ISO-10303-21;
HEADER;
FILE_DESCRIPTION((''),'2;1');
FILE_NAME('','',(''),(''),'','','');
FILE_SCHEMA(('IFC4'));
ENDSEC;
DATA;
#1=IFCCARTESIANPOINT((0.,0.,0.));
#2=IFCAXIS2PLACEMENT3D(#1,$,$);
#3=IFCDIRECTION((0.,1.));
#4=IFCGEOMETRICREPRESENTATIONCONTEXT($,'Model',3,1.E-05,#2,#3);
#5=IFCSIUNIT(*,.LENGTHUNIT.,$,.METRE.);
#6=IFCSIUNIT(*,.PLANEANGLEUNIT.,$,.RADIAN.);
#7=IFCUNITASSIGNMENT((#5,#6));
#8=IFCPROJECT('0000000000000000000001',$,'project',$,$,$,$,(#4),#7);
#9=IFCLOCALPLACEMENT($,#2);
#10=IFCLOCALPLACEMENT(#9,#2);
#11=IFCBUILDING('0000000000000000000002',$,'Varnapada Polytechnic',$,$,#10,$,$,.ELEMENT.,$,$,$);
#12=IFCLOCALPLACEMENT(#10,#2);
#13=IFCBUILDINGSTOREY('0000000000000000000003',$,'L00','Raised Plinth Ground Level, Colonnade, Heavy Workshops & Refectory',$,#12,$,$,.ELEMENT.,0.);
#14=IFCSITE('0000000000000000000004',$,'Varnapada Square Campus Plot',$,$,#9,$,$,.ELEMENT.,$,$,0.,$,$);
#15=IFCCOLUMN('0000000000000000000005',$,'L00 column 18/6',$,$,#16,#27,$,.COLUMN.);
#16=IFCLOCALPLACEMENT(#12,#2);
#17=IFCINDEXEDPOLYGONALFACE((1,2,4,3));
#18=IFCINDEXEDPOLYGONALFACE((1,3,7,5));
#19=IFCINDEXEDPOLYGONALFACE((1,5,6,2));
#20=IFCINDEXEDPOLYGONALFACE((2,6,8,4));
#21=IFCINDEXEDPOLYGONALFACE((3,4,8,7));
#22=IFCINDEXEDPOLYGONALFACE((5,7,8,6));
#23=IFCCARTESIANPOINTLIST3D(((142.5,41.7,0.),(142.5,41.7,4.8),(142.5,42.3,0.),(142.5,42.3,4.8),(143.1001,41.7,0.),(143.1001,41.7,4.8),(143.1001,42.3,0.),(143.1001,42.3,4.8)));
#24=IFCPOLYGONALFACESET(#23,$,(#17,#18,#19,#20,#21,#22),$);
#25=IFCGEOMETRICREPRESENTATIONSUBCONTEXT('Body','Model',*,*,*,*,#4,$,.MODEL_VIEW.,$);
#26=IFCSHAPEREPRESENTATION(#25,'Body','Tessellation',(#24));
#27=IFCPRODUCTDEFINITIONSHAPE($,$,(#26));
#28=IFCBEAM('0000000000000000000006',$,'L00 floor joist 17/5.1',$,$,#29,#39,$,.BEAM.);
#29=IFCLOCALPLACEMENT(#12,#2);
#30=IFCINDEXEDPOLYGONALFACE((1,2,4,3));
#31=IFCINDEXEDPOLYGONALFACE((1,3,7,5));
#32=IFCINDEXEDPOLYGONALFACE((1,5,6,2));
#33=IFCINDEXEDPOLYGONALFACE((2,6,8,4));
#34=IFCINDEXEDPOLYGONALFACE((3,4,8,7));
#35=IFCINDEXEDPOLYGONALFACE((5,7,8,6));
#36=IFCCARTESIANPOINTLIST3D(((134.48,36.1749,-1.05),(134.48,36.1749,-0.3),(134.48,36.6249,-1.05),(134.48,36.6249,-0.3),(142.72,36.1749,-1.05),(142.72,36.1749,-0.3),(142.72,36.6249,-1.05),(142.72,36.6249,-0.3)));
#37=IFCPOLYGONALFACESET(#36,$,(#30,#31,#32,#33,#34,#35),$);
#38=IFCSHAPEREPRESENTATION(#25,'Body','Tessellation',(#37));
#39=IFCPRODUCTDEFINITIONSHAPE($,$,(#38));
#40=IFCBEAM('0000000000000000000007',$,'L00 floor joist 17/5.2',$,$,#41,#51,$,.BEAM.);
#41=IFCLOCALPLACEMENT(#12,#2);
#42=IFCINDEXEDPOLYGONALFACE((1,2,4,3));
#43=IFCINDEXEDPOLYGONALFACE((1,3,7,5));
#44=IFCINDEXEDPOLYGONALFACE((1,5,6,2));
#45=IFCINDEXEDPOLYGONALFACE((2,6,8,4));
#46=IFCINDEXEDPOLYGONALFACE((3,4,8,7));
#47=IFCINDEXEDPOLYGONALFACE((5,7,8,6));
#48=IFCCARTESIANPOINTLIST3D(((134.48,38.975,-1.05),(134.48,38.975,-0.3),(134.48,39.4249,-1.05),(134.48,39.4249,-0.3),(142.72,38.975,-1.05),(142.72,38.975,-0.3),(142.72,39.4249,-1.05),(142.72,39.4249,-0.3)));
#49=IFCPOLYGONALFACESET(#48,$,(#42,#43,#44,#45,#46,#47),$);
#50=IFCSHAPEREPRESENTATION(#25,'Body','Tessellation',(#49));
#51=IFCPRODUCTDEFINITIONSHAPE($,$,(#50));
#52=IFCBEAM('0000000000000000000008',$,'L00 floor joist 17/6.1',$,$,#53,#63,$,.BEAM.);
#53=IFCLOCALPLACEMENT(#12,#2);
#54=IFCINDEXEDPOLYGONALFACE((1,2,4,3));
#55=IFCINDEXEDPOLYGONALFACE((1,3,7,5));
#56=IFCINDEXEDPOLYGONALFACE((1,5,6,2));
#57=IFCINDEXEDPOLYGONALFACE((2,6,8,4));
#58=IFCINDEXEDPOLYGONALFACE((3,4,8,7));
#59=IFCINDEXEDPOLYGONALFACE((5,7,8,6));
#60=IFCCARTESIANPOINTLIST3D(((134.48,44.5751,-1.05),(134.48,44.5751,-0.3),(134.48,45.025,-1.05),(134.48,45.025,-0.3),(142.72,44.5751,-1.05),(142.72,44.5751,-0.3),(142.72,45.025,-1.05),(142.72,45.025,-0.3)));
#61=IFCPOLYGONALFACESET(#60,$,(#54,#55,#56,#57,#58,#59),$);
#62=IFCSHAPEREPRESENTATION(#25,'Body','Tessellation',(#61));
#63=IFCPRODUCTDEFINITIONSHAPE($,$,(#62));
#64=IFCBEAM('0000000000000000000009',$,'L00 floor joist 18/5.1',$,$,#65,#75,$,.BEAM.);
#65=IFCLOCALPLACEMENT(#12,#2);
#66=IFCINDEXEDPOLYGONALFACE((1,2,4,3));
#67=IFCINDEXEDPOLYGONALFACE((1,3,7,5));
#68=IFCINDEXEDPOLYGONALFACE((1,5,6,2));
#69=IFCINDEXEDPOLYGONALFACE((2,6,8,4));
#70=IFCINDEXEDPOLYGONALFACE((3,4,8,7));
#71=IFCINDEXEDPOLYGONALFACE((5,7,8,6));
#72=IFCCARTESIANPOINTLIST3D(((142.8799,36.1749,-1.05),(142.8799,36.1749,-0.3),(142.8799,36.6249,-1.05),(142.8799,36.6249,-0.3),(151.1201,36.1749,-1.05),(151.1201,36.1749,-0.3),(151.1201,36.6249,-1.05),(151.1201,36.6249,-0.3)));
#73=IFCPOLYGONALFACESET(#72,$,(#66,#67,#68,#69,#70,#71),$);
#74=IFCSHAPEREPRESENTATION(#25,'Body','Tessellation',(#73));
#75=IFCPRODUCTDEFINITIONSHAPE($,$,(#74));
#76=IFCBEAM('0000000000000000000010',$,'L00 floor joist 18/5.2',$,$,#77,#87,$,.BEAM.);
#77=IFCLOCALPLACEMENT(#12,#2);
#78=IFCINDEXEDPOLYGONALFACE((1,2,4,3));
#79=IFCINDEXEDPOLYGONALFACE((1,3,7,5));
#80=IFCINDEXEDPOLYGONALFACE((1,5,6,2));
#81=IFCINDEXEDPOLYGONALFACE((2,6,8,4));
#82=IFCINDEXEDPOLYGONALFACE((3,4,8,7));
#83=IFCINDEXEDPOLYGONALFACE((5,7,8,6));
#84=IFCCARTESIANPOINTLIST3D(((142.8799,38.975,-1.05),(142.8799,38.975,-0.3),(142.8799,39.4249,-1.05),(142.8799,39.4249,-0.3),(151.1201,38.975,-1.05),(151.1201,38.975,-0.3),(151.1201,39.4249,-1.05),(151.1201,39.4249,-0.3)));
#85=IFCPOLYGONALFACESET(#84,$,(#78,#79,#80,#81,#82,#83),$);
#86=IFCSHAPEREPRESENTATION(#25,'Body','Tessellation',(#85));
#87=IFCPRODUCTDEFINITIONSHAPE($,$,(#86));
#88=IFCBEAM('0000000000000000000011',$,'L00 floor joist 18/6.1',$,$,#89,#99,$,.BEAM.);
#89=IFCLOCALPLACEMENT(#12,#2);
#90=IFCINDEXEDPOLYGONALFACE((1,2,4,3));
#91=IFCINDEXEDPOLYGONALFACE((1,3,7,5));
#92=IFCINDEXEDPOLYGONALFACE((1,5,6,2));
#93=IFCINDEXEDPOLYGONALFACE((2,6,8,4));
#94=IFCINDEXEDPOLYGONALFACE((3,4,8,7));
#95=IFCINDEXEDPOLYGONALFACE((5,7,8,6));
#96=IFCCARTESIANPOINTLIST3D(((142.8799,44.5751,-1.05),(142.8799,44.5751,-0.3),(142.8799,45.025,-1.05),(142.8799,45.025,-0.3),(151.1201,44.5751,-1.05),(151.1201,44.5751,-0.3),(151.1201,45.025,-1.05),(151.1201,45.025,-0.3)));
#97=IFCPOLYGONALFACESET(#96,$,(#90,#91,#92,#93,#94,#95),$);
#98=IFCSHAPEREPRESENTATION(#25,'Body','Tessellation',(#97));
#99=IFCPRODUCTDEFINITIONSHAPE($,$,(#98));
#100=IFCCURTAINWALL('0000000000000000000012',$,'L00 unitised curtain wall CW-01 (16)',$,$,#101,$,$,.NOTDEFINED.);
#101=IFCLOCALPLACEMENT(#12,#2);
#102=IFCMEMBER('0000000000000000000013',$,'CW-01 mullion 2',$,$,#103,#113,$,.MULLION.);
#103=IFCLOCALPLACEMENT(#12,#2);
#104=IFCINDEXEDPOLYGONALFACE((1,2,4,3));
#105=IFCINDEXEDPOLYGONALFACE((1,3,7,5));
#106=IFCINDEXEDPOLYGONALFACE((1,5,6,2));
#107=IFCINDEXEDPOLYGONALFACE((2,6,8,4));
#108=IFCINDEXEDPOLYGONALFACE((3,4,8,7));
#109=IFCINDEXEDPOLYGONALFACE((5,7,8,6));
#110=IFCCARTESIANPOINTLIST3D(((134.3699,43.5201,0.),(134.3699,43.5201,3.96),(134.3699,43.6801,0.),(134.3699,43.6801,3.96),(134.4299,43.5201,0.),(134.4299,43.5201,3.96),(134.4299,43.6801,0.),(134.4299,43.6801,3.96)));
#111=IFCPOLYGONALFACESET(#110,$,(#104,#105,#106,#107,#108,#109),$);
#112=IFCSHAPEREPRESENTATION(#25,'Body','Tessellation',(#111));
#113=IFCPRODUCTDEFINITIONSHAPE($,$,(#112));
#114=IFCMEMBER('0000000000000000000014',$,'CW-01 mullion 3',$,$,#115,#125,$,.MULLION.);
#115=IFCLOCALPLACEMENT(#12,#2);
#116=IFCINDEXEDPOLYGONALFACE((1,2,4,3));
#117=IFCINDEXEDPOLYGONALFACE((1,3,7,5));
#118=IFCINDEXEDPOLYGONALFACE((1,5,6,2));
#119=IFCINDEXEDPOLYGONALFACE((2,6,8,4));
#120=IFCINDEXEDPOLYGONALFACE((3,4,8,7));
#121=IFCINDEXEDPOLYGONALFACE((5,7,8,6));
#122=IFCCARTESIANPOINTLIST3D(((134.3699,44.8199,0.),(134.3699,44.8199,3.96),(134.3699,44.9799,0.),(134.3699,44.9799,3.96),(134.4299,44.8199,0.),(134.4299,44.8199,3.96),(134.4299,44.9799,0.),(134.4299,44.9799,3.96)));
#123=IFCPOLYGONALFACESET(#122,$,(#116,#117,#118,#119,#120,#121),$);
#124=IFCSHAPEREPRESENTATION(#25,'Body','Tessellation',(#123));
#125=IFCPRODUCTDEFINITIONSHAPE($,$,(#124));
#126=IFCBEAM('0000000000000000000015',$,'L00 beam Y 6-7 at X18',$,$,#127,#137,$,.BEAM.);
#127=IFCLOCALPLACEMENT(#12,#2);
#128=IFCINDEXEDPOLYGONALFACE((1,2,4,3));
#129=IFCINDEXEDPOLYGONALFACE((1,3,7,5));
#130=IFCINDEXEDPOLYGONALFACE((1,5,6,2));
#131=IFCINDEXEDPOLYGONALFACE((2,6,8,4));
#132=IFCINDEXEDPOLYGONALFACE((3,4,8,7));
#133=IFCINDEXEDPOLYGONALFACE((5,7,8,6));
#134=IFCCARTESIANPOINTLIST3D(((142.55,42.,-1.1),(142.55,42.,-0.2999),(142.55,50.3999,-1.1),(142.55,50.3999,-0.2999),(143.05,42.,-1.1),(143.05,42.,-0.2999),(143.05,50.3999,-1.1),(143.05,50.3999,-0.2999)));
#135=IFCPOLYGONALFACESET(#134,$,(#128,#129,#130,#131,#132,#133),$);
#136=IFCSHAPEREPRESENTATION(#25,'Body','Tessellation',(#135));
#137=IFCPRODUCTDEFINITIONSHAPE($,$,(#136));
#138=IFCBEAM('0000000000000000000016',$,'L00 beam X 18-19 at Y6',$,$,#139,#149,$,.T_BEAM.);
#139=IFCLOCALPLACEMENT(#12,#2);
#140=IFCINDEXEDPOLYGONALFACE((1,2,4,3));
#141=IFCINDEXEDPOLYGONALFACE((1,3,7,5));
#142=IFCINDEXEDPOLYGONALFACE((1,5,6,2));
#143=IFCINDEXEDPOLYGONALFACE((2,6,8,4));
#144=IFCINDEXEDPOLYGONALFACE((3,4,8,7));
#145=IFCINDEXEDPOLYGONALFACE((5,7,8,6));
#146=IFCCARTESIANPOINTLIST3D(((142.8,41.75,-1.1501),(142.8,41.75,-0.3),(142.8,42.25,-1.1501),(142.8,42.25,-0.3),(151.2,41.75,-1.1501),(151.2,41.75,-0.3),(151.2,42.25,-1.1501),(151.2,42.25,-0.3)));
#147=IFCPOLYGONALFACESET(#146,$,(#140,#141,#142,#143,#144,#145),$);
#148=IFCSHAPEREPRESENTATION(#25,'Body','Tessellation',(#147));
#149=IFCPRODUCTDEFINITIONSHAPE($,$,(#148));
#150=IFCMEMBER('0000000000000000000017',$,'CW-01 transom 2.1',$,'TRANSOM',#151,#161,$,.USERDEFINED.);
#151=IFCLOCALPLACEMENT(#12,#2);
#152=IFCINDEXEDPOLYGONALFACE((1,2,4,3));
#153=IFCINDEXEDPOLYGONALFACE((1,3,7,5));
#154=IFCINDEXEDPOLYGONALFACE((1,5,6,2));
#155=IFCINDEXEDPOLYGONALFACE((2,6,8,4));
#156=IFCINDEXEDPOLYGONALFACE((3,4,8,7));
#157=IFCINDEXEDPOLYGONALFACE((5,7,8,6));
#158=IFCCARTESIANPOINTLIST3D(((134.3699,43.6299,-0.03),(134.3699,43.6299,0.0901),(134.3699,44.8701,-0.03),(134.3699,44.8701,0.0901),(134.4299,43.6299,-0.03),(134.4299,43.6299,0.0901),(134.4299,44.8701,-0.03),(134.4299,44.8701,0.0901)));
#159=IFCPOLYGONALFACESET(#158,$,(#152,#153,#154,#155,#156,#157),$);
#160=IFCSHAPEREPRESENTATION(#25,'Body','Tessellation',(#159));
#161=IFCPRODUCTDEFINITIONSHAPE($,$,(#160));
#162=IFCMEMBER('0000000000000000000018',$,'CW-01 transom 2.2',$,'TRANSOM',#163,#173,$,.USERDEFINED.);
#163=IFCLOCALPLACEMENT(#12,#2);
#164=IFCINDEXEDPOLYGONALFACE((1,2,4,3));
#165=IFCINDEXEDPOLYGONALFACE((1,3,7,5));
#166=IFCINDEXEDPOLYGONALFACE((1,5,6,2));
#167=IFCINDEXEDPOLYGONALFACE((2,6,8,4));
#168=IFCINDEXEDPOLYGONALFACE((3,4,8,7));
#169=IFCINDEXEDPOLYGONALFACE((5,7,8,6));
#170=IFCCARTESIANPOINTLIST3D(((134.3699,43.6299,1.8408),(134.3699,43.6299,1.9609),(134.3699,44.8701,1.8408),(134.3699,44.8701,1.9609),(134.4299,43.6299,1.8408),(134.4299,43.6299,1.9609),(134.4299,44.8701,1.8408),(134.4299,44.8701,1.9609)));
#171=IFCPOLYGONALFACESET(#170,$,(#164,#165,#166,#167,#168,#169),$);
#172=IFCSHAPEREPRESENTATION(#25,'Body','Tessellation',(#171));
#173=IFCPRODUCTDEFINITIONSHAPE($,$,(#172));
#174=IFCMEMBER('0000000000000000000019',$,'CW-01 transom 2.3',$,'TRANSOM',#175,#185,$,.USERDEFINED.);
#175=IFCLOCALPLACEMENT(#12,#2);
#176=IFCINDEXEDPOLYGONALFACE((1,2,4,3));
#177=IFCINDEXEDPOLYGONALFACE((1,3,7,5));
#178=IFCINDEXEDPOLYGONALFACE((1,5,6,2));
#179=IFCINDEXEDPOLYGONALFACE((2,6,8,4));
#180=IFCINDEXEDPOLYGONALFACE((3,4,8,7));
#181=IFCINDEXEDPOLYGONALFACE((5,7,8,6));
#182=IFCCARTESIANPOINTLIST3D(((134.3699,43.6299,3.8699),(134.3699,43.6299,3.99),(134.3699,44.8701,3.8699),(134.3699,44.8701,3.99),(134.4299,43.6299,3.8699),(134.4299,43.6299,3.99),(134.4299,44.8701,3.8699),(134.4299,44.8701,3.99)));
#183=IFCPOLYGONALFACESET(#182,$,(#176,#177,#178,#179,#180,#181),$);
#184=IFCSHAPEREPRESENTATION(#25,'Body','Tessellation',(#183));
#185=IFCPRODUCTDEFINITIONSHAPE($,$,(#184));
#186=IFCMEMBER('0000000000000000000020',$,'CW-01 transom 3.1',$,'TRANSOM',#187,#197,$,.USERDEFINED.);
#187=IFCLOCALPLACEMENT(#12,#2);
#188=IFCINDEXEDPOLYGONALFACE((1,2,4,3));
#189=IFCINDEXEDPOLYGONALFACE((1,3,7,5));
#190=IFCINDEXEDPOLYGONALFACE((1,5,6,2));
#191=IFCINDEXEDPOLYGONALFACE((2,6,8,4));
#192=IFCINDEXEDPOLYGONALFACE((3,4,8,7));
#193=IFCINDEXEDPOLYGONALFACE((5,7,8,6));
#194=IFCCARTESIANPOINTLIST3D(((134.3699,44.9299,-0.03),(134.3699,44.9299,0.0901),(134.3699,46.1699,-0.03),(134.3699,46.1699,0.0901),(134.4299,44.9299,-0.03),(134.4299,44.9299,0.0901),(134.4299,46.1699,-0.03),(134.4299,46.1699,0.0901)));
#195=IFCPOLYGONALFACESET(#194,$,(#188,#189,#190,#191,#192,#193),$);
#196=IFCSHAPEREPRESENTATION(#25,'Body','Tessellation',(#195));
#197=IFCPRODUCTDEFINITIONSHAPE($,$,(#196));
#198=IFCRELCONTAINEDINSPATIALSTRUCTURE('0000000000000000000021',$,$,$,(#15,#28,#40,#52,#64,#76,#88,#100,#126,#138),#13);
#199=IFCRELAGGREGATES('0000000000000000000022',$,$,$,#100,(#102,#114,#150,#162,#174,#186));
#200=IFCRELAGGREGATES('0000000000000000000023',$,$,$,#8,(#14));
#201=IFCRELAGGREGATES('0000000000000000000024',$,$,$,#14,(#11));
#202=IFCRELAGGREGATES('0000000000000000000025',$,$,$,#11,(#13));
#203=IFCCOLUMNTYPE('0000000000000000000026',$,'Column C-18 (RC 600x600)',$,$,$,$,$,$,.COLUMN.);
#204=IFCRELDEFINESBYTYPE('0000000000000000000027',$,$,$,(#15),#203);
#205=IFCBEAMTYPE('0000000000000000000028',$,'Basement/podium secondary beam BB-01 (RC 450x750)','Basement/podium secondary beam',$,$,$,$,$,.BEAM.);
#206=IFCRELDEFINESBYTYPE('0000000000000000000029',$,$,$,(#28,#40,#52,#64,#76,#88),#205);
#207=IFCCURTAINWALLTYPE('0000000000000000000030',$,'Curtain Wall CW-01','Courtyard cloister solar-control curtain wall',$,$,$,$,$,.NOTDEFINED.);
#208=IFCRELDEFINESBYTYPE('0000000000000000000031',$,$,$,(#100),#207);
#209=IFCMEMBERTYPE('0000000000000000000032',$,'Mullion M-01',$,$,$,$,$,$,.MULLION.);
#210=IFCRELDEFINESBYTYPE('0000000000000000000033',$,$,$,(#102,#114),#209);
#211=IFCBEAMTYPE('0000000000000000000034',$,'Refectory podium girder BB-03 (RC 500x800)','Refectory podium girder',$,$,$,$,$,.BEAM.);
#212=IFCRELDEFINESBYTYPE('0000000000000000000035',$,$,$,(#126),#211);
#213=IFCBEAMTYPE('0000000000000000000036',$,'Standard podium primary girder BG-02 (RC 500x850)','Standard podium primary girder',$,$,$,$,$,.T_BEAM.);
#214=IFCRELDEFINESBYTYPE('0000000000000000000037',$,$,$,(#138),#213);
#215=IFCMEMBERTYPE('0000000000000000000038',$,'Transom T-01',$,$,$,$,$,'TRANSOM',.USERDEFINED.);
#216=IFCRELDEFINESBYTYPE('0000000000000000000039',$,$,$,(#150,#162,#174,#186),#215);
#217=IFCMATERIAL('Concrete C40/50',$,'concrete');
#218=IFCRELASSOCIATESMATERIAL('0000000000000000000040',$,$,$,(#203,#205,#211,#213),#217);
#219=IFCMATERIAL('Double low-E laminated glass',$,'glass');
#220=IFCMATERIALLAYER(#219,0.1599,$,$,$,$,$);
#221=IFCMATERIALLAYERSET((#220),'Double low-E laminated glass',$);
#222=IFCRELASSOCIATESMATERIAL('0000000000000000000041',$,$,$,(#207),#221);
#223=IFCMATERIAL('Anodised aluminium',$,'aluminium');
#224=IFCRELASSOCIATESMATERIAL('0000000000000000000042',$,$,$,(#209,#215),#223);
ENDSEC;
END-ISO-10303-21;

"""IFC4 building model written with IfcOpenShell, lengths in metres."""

from ifc_helpers import new_model, si_unit, direction, frame, origin, origin_2d, place, context, subcontext, project, spatial, rectangle, extrude, material, layer, layer_set, material_profile, profile_set, type_object, element, aggregate, save


model = new_model("IFC4")

# Units and contexts
model_context = context("Model", 3, precision=1e-05, world=origin(), true_north=direction((0.0, 1.0)))
body_context = subcontext(model_context, "Body", "Model", "MODEL_VIEW")
ifc_project = project(units=[si_unit("LENGTHUNIT", "METRE"), si_unit("PLANEANGLEUNIT", "RADIAN")], contexts=[model_context])

# Site, building, storey
site_placement = place(None, origin())
site = spatial("IfcSite", under=ifc_project, at=site_placement, Name="Varnapada Square Campus Plot", CompositionType="ELEMENT", RefElevation=0.0)
building_placement = place(site_placement, origin())
building = spatial("IfcBuilding", under=site, at=building_placement, Name="Varnapada Polytechnic", CompositionType="ELEMENT")
storey_placement = place(building_placement, origin())
storey = spatial("IfcBuildingStorey", under=building, at=storey_placement, Name="L00", Description="Raised Plinth Ground Level, Colonnade, Heavy Workshops & Refectory", CompositionType="ELEMENT", Elevation=0.0)

# Column
ifc_material_1 = material(Name="Concrete C40/50", Category="concrete")
ifc_material_profile_1 = material_profile(ifc_material_1, rectangle(XDim=0.6001, YDim=0.6001, at=origin_2d()), Name="RC 600x600")
ifc_profile_set_1 = profile_set([ifc_material_profile_1], Name="Concrete C40/50")
column_type = type_object("IfcColumnType", Name="Column C-18 (RC 600x600)", PredefinedType="COLUMN", material=ifc_profile_set_1)
column_placement = place(storey_placement, frame((142.8, 42.0, 0.0), z_axis=(0.0, 0.0, 1.0), x_axis=(1.0, 0.0, 0.0)))
element("IfcColumn", 1, at=column_placement, inside=storey, type_object=column_type, Name="L00 column 18/6", PredefinedType="COLUMN", context=body_context, shape_type="SweptSolid", body=[
    extrude(rectangle(XDim=0.6001, YDim=0.6001, at=origin_2d()), origin(), (0.0, 0.0, 1.0), 4.8),
])

# Beams
ifc_material_profile_2 = material_profile(ifc_material_1, rectangle(XDim=0.45, YDim=0.75, at=origin_2d()), Name="RC 450x750")
ifc_profile_set_2 = profile_set([ifc_material_profile_2], Name="Concrete C40/50")
beam_type_1 = type_object("IfcBeamType", Name="Basement/podium secondary beam BB-01 (RC 450x750)", Description="Basement/podium secondary beam", PredefinedType="BEAM", material=ifc_profile_set_2)
for number, where, z_axis, x_axis, name in (
    (2, (134.48, 36.3999, -0.675), (1.0, 0.0, 0.0), (0.0, 1.0, 0.0), "L00 floor joist 17/5.1"),
    (3, (134.48, 39.2, -0.675), (1.0, 0.0, 0.0), (0.0, 1.0, 0.0), "L00 floor joist 17/5.2"),
    (4, (134.48, 44.8, -0.675), (1.0, 0.0, 0.0), (0.0, 1.0, 0.0), "L00 floor joist 17/6.1"),
):
    element("IfcBeam", number, at=place(storey_placement, frame(where, z_axis=z_axis, x_axis=x_axis)), inside=storey, type_object=beam_type_1, Name=name, PredefinedType="BEAM", context=body_context, shape_type="SweptSolid", body=[
        extrude(rectangle(XDim=0.45, YDim=0.75, at=origin_2d()), origin(), (0.0, 0.0, 1.0), 8.24),
    ])
for number, where, z_axis, x_axis, name in (
    (5, (142.8799, 36.3999, -0.675), (1.0, 0.0, 0.0), (0.0, 1.0, 0.0), "L00 floor joist 18/5.1"),
    (6, (142.8799, 39.2, -0.675), (1.0, 0.0, 0.0), (0.0, 1.0, 0.0), "L00 floor joist 18/5.2"),
    (7, (142.8799, 44.8, -0.675), (1.0, 0.0, 0.0), (0.0, 1.0, 0.0), "L00 floor joist 18/6.1"),
):
    element("IfcBeam", number, at=place(storey_placement, frame(where, z_axis=z_axis, x_axis=x_axis)), inside=storey, type_object=beam_type_1, Name=name, PredefinedType="BEAM", context=body_context, shape_type="SweptSolid", body=[
        extrude(rectangle(XDim=0.45, YDim=0.75, at=origin_2d()), origin(), (0.0, 0.0, 1.0), 8.2402),
    ])

# Curtain wall, members
ifc_material_2 = material(Name="Double low-E laminated glass", Category="glass")
ifc_layer_1 = layer(ifc_material_2, 0.1599)
ifc_layer_set_1 = layer_set([ifc_layer_1], Name="Double low-E laminated glass")
curtain_wall_type = type_object("IfcCurtainWallType", Name="Curtain Wall CW-01", Description="Courtyard cloister solar-control curtain wall", PredefinedType="NOTDEFINED", material=ifc_layer_set_1)
curtain_wall_placement = place(storey_placement, origin())
curtain_wall = element("IfcCurtainWall", 8, at=curtain_wall_placement, inside=storey, type_object=curtain_wall_type, Name="L00 unitised curtain wall CW-01 (16)", PredefinedType="NOTDEFINED")
ifc_material_3 = material(Name="Anodised aluminium", Category="aluminium")
ifc_material_profile_3 = material_profile(ifc_material_3, rectangle(XDim=0.0601, YDim=0.1599, at=origin_2d()), Name="ALU M60x160")
ifc_profile_set_3 = profile_set([ifc_material_profile_3], Name="Anodised aluminium")
member_type_1 = type_object("IfcMemberType", Name="Mullion M-01", PredefinedType="MULLION", material=ifc_profile_set_3)
member_1_placement = place(storey_placement, frame((134.3999, 43.6001, 0.0), z_axis=(0.0, 0.0, 1.0), x_axis=(-1.0, 0.0, 0.0)))
member_1 = element("IfcMember", 9, at=member_1_placement, type_object=member_type_1, Name="CW-01 mullion 2", PredefinedType="MULLION", context=body_context, shape_type="SweptSolid", body=[
    extrude(rectangle(XDim=0.0601, YDim=0.1599, at=origin_2d()), origin(), (0.0, 0.0, 1.0), 3.96),
])
member_2_placement = place(storey_placement, frame((134.3999, 44.8999, 0.0), z_axis=(0.0, 0.0, 1.0), x_axis=(-1.0, 0.0, 0.0)))
member_2 = element("IfcMember", 10, at=member_2_placement, type_object=member_type_1, Name="CW-01 mullion 3", PredefinedType="MULLION", context=body_context, shape_type="SweptSolid", body=[
    extrude(rectangle(XDim=0.0601, YDim=0.1599, at=origin_2d()), origin(), (0.0, 0.0, 1.0), 3.96),
])

# Beams
ifc_material_profile_4 = material_profile(ifc_material_1, rectangle(XDim=0.5, YDim=0.8, at=origin_2d()), Name="RC 500x800")
ifc_profile_set_4 = profile_set([ifc_material_profile_4], Name="Concrete C40/50")
beam_type_2 = type_object("IfcBeamType", Name="Refectory podium girder BB-03 (RC 500x800)", Description="Refectory podium girder", PredefinedType="BEAM", material=ifc_profile_set_4)
beam_1_placement = place(storey_placement, frame((142.8, 42.0, -0.7), z_axis=(0.0, 1.0, 0.0), x_axis=(-1.0, 0.0, 0.0)))
element("IfcBeam", 11, at=beam_1_placement, inside=storey, type_object=beam_type_2, Name="L00 beam Y 6-7 at X18", PredefinedType="BEAM", context=body_context, shape_type="SweptSolid", body=[
    extrude(rectangle(XDim=0.5, YDim=0.8, at=origin_2d()), origin(), (0.0, 0.0, 1.0), 8.3999),
])
ifc_material_profile_5 = material_profile(ifc_material_1, rectangle(XDim=0.5, YDim=0.8501, at=origin_2d()), Name="RC 500x850")
ifc_profile_set_5 = profile_set([ifc_material_profile_5], Name="Concrete C40/50")
beam_type_3 = type_object("IfcBeamType", Name="Standard podium primary girder BG-02 (RC 500x850)", Description="Standard podium primary girder", PredefinedType="T_BEAM", material=ifc_profile_set_5)
beam_2_placement = place(storey_placement, frame((142.8, 42.0, -0.7251), z_axis=(1.0, 0.0, 0.0), x_axis=(0.0, 1.0, 0.0)))
element("IfcBeam", 12, at=beam_2_placement, inside=storey, type_object=beam_type_3, Name="L00 beam X 18-19 at Y6", PredefinedType="T_BEAM", context=body_context, shape_type="SweptSolid", body=[
    extrude(rectangle(XDim=0.5, YDim=0.8501, at=origin_2d()), origin(), (0.0, 0.0, 1.0), 8.3999),
])

# Members
ifc_material_profile_6 = material_profile(ifc_material_3, rectangle(XDim=0.0601, YDim=0.1201, at=origin_2d()), Name="ALU T60x120")
ifc_profile_set_6 = profile_set([ifc_material_profile_6], Name="Anodised aluminium")
member_type_2 = type_object("IfcMemberType", Name="Transom T-01", ElementType="TRANSOM", PredefinedType="USERDEFINED", material=ifc_profile_set_6)
member_3_placement = place(storey_placement, frame((134.3999, 43.6299, 0.03), z_axis=(0.0, 1.0, 0.0), x_axis=(-1.0, 0.0, 0.0)))
member_3 = element("IfcMember", 13, at=member_3_placement, type_object=member_type_2, Name="CW-01 transom 2.1", ObjectType="TRANSOM", PredefinedType="USERDEFINED", context=body_context, shape_type="SweptSolid", body=[
    extrude(rectangle(XDim=0.0601, YDim=0.1201, at=origin_2d()), origin(), (0.0, 0.0, 1.0), 1.2402),
])
member_4_placement = place(storey_placement, frame((134.3999, 43.6299, 1.9009), z_axis=(0.0, 1.0, 0.0), x_axis=(-1.0, 0.0, 0.0)))
member_4 = element("IfcMember", 14, at=member_4_placement, type_object=member_type_2, Name="CW-01 transom 2.2", ObjectType="TRANSOM", PredefinedType="USERDEFINED", context=body_context, shape_type="SweptSolid", body=[
    extrude(rectangle(XDim=0.0601, YDim=0.1201, at=origin_2d()), origin(), (0.0, 0.0, 1.0), 1.2402),
])
member_5_placement = place(storey_placement, frame((134.3999, 43.6299, 3.9299), z_axis=(0.0, 1.0, 0.0), x_axis=(-1.0, 0.0, 0.0)))
member_5 = element("IfcMember", 15, at=member_5_placement, type_object=member_type_2, Name="CW-01 transom 2.3", ObjectType="TRANSOM", PredefinedType="USERDEFINED", context=body_context, shape_type="SweptSolid", body=[
    extrude(rectangle(XDim=0.0601, YDim=0.1201, at=origin_2d()), origin(), (0.0, 0.0, 1.0), 1.2402),
])
member_6_placement = place(storey_placement, frame((134.3999, 44.9299, 0.03), z_axis=(0.0, 1.0, 0.0), x_axis=(-1.0, 0.0, 0.0)))
member_6 = element("IfcMember", 16, at=member_6_placement, type_object=member_type_2, Name="CW-01 transom 3.1", ObjectType="TRANSOM", PredefinedType="USERDEFINED", context=body_context, shape_type="SweptSolid", body=[
    extrude(rectangle(XDim=0.0601, YDim=0.1201, at=origin_2d()), origin(), (0.0, 0.0, 1.0), 1.24),
])

aggregate(curtain_wall, [member_1, member_2, member_3, member_4, member_5, member_6])

save(model, "model.ifc")
